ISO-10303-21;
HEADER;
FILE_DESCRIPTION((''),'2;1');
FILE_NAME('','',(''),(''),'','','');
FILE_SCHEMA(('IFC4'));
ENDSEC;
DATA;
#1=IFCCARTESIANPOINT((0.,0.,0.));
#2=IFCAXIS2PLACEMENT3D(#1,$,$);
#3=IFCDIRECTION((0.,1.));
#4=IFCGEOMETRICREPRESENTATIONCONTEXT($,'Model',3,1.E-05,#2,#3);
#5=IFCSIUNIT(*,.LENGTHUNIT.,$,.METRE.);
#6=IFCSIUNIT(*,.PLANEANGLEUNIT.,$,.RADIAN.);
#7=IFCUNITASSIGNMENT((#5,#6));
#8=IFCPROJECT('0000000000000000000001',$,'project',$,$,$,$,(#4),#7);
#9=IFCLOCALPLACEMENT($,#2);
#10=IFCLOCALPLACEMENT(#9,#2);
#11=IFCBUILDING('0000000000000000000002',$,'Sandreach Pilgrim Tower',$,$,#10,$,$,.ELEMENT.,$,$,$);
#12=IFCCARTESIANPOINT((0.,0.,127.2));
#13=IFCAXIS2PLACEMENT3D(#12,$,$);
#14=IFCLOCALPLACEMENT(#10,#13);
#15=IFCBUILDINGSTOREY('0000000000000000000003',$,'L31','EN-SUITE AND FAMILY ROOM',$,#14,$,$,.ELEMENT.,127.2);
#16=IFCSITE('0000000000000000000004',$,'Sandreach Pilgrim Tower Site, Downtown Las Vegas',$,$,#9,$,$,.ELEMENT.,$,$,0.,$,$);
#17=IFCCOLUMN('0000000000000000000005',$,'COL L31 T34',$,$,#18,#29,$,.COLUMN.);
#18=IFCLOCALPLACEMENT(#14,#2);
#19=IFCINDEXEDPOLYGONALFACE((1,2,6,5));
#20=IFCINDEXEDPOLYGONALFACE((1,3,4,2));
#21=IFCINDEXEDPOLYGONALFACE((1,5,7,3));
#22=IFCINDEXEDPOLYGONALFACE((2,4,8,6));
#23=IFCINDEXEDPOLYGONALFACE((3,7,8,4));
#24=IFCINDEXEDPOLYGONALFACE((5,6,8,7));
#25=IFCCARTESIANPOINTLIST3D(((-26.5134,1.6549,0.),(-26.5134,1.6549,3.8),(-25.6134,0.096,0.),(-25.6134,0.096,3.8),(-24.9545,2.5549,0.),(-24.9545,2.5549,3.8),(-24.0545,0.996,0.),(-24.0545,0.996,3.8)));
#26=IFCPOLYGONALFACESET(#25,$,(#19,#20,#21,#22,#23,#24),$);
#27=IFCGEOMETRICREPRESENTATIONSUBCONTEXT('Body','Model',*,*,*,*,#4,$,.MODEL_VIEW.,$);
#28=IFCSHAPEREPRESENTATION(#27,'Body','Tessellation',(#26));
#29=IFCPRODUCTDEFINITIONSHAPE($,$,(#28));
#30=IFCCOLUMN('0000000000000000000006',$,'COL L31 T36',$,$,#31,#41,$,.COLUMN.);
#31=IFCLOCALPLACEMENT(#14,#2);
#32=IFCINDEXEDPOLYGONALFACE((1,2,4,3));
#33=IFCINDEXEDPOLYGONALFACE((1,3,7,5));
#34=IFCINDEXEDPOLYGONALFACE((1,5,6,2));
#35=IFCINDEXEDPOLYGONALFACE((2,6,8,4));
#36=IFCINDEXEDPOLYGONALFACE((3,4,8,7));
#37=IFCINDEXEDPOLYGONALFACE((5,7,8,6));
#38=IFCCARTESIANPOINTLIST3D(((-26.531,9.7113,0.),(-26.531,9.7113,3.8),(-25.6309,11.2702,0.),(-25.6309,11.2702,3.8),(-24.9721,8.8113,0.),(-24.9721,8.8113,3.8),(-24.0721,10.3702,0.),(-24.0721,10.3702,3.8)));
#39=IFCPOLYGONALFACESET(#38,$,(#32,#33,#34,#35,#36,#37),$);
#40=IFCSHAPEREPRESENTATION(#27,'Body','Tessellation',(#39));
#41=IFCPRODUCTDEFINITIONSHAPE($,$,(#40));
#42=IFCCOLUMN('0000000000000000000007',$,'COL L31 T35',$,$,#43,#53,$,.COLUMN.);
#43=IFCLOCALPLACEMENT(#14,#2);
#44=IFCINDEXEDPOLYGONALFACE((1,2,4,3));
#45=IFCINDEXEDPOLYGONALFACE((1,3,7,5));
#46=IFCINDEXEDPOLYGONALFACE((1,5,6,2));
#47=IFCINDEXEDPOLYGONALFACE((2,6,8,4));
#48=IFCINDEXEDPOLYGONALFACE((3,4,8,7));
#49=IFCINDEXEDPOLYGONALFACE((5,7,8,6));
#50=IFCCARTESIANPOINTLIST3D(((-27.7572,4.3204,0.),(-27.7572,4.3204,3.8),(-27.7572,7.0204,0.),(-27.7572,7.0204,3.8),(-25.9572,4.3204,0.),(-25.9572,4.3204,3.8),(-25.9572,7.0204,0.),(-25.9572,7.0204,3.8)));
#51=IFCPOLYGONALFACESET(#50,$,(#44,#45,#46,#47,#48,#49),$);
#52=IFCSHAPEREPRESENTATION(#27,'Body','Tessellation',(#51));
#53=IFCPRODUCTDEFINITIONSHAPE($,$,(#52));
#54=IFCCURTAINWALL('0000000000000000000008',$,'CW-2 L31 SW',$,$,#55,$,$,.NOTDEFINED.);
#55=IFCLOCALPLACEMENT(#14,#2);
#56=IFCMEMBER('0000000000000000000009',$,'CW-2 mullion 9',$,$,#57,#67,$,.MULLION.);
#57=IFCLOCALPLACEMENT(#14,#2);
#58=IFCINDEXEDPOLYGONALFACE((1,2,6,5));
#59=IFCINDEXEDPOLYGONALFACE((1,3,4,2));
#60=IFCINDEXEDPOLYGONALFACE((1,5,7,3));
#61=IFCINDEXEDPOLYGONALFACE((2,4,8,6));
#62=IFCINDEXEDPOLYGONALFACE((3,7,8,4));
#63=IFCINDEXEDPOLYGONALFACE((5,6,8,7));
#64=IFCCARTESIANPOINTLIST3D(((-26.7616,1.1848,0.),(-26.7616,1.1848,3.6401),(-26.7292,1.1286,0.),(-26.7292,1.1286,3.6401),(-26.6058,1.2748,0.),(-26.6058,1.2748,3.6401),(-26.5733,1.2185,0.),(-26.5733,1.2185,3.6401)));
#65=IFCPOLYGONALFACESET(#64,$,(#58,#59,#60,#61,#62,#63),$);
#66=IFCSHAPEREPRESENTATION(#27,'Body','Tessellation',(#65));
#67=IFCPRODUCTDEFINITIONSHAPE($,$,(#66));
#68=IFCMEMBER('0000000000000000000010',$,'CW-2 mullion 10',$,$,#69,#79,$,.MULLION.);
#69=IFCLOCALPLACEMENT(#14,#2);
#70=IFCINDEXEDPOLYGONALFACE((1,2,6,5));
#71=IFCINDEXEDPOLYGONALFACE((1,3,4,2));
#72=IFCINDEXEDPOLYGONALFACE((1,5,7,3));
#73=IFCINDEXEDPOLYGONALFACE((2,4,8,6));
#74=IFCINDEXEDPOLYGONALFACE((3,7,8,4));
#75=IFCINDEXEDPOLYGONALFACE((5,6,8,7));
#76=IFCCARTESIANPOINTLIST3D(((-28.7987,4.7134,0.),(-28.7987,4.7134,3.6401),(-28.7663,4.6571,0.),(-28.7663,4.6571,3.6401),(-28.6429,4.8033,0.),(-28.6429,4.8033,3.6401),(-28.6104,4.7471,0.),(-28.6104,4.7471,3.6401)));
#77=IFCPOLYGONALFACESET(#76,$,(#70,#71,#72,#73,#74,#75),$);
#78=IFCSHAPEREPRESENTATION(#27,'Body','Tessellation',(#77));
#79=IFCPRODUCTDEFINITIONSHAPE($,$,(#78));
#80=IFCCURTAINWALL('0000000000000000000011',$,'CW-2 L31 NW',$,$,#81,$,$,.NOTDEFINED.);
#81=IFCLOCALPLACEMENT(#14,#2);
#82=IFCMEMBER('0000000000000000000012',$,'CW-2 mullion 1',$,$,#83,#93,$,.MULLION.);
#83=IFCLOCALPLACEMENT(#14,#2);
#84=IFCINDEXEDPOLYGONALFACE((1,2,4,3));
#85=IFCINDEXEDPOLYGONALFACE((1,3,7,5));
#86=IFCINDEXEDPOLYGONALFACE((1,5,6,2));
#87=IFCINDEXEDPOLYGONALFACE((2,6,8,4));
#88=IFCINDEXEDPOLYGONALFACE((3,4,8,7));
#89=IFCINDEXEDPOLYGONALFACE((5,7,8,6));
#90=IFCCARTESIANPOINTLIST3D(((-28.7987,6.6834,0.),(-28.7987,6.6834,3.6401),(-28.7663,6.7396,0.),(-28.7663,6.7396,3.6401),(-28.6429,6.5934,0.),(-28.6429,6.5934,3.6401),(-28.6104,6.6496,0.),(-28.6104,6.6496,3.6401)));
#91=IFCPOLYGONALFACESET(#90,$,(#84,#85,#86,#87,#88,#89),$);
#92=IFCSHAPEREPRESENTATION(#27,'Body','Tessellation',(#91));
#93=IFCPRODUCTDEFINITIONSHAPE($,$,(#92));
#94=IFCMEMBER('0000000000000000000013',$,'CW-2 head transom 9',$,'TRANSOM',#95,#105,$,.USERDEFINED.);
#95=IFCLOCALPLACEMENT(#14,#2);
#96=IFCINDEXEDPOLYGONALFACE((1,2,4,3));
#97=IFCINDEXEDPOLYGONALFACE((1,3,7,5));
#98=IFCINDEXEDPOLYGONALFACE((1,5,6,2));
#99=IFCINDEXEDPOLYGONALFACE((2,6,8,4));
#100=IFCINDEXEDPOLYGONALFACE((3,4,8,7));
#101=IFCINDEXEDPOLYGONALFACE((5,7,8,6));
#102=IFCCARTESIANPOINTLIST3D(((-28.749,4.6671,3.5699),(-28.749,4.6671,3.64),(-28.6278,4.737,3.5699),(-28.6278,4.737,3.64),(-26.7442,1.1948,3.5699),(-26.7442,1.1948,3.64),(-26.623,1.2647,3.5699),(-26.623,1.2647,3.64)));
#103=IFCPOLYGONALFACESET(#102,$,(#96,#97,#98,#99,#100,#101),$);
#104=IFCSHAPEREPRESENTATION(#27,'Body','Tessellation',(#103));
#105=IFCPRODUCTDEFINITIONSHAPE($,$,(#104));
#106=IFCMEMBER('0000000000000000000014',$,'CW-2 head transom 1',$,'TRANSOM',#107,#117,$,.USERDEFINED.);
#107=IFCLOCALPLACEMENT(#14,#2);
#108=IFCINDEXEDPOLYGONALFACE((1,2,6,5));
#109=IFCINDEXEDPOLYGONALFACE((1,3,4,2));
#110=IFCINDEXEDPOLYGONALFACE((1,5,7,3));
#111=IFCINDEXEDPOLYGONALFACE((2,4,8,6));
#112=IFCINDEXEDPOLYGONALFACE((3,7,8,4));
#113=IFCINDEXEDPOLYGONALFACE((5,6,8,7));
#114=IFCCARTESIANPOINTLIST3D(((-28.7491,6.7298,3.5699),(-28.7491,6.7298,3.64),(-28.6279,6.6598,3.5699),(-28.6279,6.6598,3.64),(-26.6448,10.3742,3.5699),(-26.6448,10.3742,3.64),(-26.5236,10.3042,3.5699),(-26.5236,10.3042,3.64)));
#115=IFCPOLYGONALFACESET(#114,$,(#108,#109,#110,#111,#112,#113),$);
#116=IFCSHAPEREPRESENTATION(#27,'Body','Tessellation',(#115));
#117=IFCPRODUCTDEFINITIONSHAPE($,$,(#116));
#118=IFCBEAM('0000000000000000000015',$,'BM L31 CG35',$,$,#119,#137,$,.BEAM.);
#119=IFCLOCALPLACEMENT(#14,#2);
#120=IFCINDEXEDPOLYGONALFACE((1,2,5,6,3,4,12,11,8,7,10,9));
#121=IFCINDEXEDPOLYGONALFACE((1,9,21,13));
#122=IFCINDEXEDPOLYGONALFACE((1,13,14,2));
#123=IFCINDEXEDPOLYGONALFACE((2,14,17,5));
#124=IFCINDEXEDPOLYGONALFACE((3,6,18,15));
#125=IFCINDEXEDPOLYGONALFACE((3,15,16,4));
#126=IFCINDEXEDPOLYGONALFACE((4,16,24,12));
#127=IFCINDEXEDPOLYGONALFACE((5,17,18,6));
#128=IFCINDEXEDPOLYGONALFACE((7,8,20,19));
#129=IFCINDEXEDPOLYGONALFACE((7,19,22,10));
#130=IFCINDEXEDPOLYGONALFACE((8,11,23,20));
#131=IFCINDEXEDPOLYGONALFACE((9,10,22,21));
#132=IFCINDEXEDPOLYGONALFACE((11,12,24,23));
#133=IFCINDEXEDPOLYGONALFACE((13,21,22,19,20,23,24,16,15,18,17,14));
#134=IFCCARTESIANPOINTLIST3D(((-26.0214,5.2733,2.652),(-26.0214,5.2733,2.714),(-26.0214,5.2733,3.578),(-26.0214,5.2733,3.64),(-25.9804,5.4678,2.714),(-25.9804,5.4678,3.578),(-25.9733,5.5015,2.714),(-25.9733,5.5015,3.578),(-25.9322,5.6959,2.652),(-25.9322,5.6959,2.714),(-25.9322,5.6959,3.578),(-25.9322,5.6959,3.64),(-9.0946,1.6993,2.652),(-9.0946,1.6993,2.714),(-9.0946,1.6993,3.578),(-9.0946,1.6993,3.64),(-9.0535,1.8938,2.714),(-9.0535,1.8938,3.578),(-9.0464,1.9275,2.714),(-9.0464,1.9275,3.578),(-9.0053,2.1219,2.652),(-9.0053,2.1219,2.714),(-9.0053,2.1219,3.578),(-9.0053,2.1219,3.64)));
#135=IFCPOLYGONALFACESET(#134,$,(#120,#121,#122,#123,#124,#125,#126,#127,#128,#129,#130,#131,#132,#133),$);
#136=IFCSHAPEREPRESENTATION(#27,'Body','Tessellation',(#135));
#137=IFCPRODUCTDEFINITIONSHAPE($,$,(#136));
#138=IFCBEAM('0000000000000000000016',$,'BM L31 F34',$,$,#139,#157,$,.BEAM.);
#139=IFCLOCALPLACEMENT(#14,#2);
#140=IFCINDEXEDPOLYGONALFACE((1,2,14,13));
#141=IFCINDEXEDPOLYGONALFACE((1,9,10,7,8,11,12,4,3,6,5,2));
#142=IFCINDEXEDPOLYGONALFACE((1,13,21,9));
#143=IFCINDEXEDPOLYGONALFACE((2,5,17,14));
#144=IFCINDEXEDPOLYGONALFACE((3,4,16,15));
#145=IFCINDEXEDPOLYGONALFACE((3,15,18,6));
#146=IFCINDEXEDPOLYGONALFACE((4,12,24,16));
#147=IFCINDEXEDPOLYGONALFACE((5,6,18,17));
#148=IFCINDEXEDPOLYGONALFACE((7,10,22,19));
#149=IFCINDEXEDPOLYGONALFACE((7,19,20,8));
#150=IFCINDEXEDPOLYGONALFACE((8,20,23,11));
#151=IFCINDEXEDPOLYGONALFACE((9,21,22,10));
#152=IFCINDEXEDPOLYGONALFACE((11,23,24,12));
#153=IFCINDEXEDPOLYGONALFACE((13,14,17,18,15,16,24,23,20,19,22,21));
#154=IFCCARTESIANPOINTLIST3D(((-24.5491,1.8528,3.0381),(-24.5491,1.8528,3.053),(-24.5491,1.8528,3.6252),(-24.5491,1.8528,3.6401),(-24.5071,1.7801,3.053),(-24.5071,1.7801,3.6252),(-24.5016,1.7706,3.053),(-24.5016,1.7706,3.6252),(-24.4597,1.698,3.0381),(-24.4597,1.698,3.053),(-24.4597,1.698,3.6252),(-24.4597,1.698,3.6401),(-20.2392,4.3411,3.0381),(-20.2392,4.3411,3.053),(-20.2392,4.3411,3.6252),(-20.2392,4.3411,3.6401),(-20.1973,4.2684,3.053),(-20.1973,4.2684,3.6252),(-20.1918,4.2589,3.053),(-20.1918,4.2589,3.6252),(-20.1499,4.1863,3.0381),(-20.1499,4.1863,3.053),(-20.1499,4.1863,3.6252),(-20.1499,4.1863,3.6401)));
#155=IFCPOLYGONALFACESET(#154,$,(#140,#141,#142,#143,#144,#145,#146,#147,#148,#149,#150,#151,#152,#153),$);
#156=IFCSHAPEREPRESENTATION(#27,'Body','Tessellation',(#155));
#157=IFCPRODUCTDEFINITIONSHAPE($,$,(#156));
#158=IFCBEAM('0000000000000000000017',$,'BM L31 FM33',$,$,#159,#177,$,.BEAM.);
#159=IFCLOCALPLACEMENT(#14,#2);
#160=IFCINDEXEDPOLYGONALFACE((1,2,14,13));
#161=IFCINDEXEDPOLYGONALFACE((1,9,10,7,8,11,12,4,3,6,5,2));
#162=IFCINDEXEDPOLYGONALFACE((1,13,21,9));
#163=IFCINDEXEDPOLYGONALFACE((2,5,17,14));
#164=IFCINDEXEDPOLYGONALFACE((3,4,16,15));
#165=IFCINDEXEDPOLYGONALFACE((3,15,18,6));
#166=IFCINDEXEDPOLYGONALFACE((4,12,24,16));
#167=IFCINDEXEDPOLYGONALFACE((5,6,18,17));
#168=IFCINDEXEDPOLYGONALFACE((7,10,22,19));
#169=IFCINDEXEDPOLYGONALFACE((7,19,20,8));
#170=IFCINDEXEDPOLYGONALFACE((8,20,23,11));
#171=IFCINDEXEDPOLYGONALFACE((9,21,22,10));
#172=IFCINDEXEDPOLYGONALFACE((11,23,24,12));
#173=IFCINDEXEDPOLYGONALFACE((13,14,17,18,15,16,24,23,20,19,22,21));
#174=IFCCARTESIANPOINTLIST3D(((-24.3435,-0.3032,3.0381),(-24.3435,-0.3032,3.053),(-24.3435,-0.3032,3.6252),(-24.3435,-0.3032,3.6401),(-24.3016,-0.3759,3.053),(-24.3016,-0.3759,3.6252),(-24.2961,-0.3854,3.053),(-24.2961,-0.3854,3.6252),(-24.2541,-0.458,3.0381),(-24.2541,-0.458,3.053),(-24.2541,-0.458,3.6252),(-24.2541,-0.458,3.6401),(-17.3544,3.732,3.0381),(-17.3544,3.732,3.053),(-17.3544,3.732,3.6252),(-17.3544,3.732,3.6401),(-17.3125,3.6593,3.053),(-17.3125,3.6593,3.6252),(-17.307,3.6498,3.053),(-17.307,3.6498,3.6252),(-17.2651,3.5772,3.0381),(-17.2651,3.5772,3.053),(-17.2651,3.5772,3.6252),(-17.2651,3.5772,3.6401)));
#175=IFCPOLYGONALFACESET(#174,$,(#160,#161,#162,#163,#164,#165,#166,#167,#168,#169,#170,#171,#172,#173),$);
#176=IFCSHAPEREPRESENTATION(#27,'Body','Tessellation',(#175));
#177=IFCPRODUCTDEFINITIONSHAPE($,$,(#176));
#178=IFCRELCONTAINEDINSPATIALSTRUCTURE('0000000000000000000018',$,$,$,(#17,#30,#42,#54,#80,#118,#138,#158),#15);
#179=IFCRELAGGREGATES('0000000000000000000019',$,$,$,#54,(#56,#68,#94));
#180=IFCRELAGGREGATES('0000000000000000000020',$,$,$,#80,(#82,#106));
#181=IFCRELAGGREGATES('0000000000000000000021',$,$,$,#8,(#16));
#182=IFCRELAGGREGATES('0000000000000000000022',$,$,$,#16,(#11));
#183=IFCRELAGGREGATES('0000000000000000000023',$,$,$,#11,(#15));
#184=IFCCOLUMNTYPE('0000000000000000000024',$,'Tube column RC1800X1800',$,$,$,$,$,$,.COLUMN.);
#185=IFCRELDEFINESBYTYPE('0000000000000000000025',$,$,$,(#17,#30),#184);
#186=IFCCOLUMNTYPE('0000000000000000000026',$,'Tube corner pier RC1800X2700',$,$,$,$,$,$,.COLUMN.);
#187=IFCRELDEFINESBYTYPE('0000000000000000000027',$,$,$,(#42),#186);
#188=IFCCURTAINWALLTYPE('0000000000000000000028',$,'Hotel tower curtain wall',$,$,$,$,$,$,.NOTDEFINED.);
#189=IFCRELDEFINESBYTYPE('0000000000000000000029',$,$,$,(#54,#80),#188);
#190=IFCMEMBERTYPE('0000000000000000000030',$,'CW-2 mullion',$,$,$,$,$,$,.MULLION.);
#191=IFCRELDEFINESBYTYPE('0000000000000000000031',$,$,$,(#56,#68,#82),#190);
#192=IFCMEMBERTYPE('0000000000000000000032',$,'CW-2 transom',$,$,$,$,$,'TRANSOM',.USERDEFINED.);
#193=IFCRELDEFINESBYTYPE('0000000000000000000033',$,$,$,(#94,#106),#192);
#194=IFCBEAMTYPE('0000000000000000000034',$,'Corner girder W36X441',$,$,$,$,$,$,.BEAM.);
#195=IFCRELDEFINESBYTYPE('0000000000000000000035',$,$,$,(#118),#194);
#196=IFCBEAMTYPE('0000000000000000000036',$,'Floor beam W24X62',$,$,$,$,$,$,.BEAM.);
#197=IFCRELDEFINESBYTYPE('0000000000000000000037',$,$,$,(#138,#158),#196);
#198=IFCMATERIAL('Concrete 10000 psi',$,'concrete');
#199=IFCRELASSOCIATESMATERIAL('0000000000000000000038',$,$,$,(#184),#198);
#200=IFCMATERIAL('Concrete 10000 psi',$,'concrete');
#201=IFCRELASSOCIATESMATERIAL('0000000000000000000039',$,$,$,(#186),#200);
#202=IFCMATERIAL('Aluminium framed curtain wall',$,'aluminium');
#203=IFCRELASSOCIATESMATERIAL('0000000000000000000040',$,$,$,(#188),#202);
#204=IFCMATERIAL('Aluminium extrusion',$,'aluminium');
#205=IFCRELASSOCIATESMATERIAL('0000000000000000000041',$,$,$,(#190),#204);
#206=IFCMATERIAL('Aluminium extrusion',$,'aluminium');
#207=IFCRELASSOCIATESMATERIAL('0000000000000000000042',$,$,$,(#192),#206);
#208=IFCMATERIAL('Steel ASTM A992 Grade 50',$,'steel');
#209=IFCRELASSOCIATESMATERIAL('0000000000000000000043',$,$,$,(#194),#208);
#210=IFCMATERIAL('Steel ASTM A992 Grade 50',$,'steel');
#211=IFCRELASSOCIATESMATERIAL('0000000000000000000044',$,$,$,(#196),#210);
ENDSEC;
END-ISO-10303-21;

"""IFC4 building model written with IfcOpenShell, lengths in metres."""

from ifc_helpers import new_model, si_unit, direction, frame, origin, origin_2d, place, context, subcontext, project, spatial, rectangle, i_section, extrude, material, material_profile, profile_set, type_object, element, aggregate, save


model = new_model("IFC4")

# Units and contexts
model_context = context("Model", 3, precision=1e-05, world=origin(), true_north=direction((0.0, 1.0)))
body_context = subcontext(model_context, "Body", "Model", "MODEL_VIEW")
ifc_project = project(units=[si_unit("LENGTHUNIT", "METRE"), si_unit("PLANEANGLEUNIT", "RADIAN")], contexts=[model_context])

# Site, building, storey
site_placement = place(None, origin())
site = spatial("IfcSite", under=ifc_project, at=site_placement, Name="Sandreach Pilgrim Tower Site, Downtown Las Vegas", CompositionType="ELEMENT", RefElevation=0.0)
building_placement = place(site_placement, origin())
building = spatial("IfcBuilding", under=site, at=building_placement, Name="Sandreach Pilgrim Tower", CompositionType="ELEMENT")
storey_placement = place(building_placement, frame((0.0, 0.0, 127.2)))
storey = spatial("IfcBuildingStorey", under=building, at=storey_placement, Name="L31", Description="EN-SUITE AND FAMILY ROOM", CompositionType="ELEMENT", Elevation=127.2)

# Columns
ifc_material_1 = material(Name="Concrete 10000 psi", Category="concrete")
ifc_material_profile_1 = material_profile(ifc_material_1, rectangle(XDim=1.8, YDim=1.8, at=origin_2d()), Name="RC1800X1800")
ifc_profile_set_1 = profile_set([ifc_material_profile_1], Name="Concrete 10000 psi")
column_type_1 = type_object("IfcColumnType", Name="Tube column RC1800X1800", PredefinedType="COLUMN", material=ifc_profile_set_1)
for number, where, z_axis, x_axis, name in (
    (1, (-25.2839, 1.3254, 0.0), (0.0, 0.0, 1.0), (-0.866025, -0.5, 0.0), "COL L31 T34"),
    (2, (-25.3015, 10.0408, 0.0), (0.0, 0.0, 1.0), (-0.866025, 0.5, 0.0), "COL L31 T36"),
):
    element("IfcColumn", number, at=place(storey_placement, frame(where, z_axis=z_axis, x_axis=x_axis)), inside=storey, type_object=column_type_1, Name=name, PredefinedType="COLUMN", context=body_context, shape_type="SweptSolid", body=[
        extrude(rectangle(XDim=1.8, YDim=1.8, at=origin_2d()), origin(), (0.0, 0.0, 1.0), 3.8),
    ])
ifc_material_2 = material(Name="Concrete 10000 psi", Category="concrete")
ifc_material_profile_2 = material_profile(ifc_material_2, rectangle(XDim=1.8, YDim=2.7, at=origin_2d()), Name="RC1800X2700")
ifc_profile_set_2 = profile_set([ifc_material_profile_2], Name="Concrete 10000 psi")
column_type_2 = type_object("IfcColumnType", Name="Tube corner pier RC1800X2700", PredefinedType="COLUMN", material=ifc_profile_set_2)
column_placement = place(storey_placement, frame((-26.8572, 5.6704, 0.0), z_axis=(0.0, 0.0, 1.0), x_axis=(-1.0, 0.0, 0.0)))
element("IfcColumn", 3, at=column_placement, inside=storey, type_object=column_type_2, Name="COL L31 T35", PredefinedType="COLUMN", context=body_context, shape_type="SweptSolid", body=[
    extrude(rectangle(XDim=1.8, YDim=2.7, at=origin_2d()), origin(), (0.0, 0.0, 1.0), 3.8),
])

# Curtain wall, members
ifc_material_3 = material(Name="Aluminium framed curtain wall", Category="aluminium")
curtain_wall_type = type_object("IfcCurtainWallType", Name="Hotel tower curtain wall", PredefinedType="NOTDEFINED", material=ifc_material_3)
curtain_wall_1_placement = place(storey_placement, origin())
curtain_wall_1 = element("IfcCurtainWall", 4, at=curtain_wall_1_placement, inside=storey, type_object=curtain_wall_type, Name="CW-2 L31 SW", PredefinedType="NOTDEFINED")
ifc_material_4 = material(Name="Aluminium extrusion", Category="aluminium")
ifc_material_profile_3 = material_profile(ifc_material_4, rectangle(XDim=0.0649, YDim=0.1799, at=origin_2d()), Name="CW-2M 65X180")
ifc_profile_set_3 = profile_set([ifc_material_profile_3], Name="Aluminium extrusion")
member_type_1 = type_object("IfcMemberType", Name="CW-2 mullion", PredefinedType="MULLION", material=ifc_profile_set_3)
member_1_placement = place(storey_placement, frame((-26.6675, 1.2017, 0.0), z_axis=(0.0, 0.0, 1.0), x_axis=(-0.5, 0.866025, 0.0)))
member_1 = element("IfcMember", 5, at=member_1_placement, type_object=member_type_1, Name="CW-2 mullion 9", PredefinedType="MULLION", context=body_context, shape_type="SweptSolid", body=[
    extrude(rectangle(XDim=0.0649, YDim=0.1799, at=origin_2d()), origin(), (0.0, 0.0, 1.0), 3.6401),
])
member_2_placement = place(storey_placement, frame((-28.7046, 4.7302, 0.0), z_axis=(0.0, 0.0, 1.0), x_axis=(-0.5, 0.866025, 0.0)))
member_2 = element("IfcMember", 6, at=member_2_placement, type_object=member_type_1, Name="CW-2 mullion 10", PredefinedType="MULLION", context=body_context, shape_type="SweptSolid", body=[
    extrude(rectangle(XDim=0.0649, YDim=0.1799, at=origin_2d()), origin(), (0.0, 0.0, 1.0), 3.6401),
])

# Curtain wall, member
curtain_wall_2_placement = place(storey_placement, origin())
curtain_wall_2 = element("IfcCurtainWall", 7, at=curtain_wall_2_placement, inside=storey, type_object=curtain_wall_type, Name="CW-2 L31 NW", PredefinedType="NOTDEFINED")
member_3_placement = place(storey_placement, frame((-28.7046, 6.6665, 0.0), z_axis=(0.0, 0.0, 1.0), x_axis=(0.5, 0.866025, 0.0)))
member_3 = element("IfcMember", 8, at=member_3_placement, type_object=member_type_1, Name="CW-2 mullion 1", PredefinedType="MULLION", context=body_context, shape_type="SweptSolid", body=[
    extrude(rectangle(XDim=0.0649, YDim=0.1799, at=origin_2d()), origin(), (0.0, 0.0, 1.0), 3.6401),
])

# Members
ifc_material_5 = material(Name="Aluminium extrusion", Category="aluminium")
ifc_material_profile_4 = material_profile(ifc_material_5, rectangle(XDim=0.1399, YDim=0.0701, at=origin_2d()), Name="CW-2T 140X70")
ifc_profile_set_4 = profile_set([ifc_material_profile_4], Name="Aluminium extrusion")
member_type_2 = type_object("IfcMemberType", Name="CW-2 transom", ElementType="TRANSOM", PredefinedType="USERDEFINED", material=ifc_profile_set_4)
member_4_placement = place(storey_placement, frame((-26.6836, 1.2297, 3.605), z_axis=(-0.500016, 0.866016, 0.0), x_axis=(-0.866016, -0.500016, 0.0)))
member_4 = element("IfcMember", 9, at=member_4_placement, type_object=member_type_2, Name="CW-2 head transom 9", ObjectType="TRANSOM", PredefinedType="USERDEFINED", context=body_context, shape_type="SweptSolid", body=[
    extrude(rectangle(XDim=0.1399, YDim=0.0701, at=origin_2d()), origin(), (0.0, 0.0, 1.0), 4.0095),
])
member_5_placement = place(storey_placement, frame((-28.6885, 6.6948, 3.605), z_axis=(0.500039, 0.866003, 0.0), x_axis=(-0.866003, 0.500039, 0.0)))
member_5 = element("IfcMember", 10, at=member_5_placement, type_object=member_type_2, Name="CW-2 head transom 1", ObjectType="TRANSOM", PredefinedType="USERDEFINED", context=body_context, shape_type="SweptSolid", body=[
    extrude(rectangle(XDim=0.1399, YDim=0.0701, at=origin_2d()), origin(), (0.0, 0.0, 1.0), 4.2083),
])

# Beams
ifc_material_6 = material(Name="Steel ASTM A992 Grade 50", Category="steel")
ifc_material_profile_5 = material_profile(ifc_material_6, i_section(OverallWidth=0.4319, OverallDepth=0.988, WebThickness=0.0344, FlangeThickness=0.062, at=origin_2d()), Name="W36X441")
ifc_profile_set_5 = profile_set([ifc_material_profile_5], Name="Steel ASTM A992 Grade 50")
beam_type_1 = type_object("IfcBeamType", Name="Corner girder W36X441", PredefinedType="BEAM", material=ifc_profile_set_5)
beam_1_placement = place(storey_placement, frame((-25.9768, 5.4846, 3.146), z_axis=(0.978428, -0.206589, 0.0), x_axis=(0.206589, 0.978428, 0.0)))
element("IfcBeam", 11, at=beam_1_placement, inside=storey, type_object=beam_type_1, Name="BM L31 CG35", PredefinedType="BEAM", context=body_context, shape_type="SweptSolid", body=[
    extrude(i_section(OverallWidth=0.4319, OverallDepth=0.988, WebThickness=0.0344, FlangeThickness=0.062, at=origin_2d()), origin(), (0.0, 0.0, 1.0), 17.3),
])
ifc_material_7 = material(Name="Steel ASTM A992 Grade 50", Category="steel")
ifc_material_profile_6 = material_profile(ifc_material_7, i_section(OverallWidth=0.1787, OverallDepth=0.6021, WebThickness=0.011, FlangeThickness=0.0149, at=origin_2d()), Name="W24X62")
ifc_profile_set_6 = profile_set([ifc_material_profile_6], Name="Steel ASTM A992 Grade 50")
beam_type_2 = type_object("IfcBeamType", Name="Floor beam W24X62", PredefinedType="BEAM", material=ifc_profile_set_6)
beam_2_placement = place(storey_placement, frame((-24.5044, 1.7754, 3.3391), z_axis=(0.866025, 0.500001, 0.0), x_axis=(-0.500001, 0.866025, 0.0)))
element("IfcBeam", 12, at=beam_2_placement, inside=storey, type_object=beam_type_2, Name="BM L31 F34", PredefinedType="BEAM", context=body_context, shape_type="SweptSolid", body=[
    extrude(i_section(OverallWidth=0.1787, OverallDepth=0.6021, WebThickness=0.011, FlangeThickness=0.0149, at=origin_2d()), origin(), (0.0, 0.0, 1.0), 4.9766),
])
beam_3_placement = place(storey_placement, frame((-24.2988, -0.3806, 3.3391), z_axis=(0.866023, 0.500004, 0.0), x_axis=(-0.500004, 0.866023, 0.0)))
element("IfcBeam", 13, at=beam_3_placement, inside=storey, type_object=beam_type_2, Name="BM L31 FM33", PredefinedType="BEAM", context=body_context, shape_type="SweptSolid", body=[
    extrude(i_section(OverallWidth=0.1787, OverallDepth=0.6021, WebThickness=0.011, FlangeThickness=0.0149, at=origin_2d()), origin(), (0.0, 0.0, 1.0), 8.0703),
])

aggregate(curtain_wall_1, [member_1, member_2, member_4])
aggregate(curtain_wall_2, [member_3, member_5])

save(model, "model.ifc")
